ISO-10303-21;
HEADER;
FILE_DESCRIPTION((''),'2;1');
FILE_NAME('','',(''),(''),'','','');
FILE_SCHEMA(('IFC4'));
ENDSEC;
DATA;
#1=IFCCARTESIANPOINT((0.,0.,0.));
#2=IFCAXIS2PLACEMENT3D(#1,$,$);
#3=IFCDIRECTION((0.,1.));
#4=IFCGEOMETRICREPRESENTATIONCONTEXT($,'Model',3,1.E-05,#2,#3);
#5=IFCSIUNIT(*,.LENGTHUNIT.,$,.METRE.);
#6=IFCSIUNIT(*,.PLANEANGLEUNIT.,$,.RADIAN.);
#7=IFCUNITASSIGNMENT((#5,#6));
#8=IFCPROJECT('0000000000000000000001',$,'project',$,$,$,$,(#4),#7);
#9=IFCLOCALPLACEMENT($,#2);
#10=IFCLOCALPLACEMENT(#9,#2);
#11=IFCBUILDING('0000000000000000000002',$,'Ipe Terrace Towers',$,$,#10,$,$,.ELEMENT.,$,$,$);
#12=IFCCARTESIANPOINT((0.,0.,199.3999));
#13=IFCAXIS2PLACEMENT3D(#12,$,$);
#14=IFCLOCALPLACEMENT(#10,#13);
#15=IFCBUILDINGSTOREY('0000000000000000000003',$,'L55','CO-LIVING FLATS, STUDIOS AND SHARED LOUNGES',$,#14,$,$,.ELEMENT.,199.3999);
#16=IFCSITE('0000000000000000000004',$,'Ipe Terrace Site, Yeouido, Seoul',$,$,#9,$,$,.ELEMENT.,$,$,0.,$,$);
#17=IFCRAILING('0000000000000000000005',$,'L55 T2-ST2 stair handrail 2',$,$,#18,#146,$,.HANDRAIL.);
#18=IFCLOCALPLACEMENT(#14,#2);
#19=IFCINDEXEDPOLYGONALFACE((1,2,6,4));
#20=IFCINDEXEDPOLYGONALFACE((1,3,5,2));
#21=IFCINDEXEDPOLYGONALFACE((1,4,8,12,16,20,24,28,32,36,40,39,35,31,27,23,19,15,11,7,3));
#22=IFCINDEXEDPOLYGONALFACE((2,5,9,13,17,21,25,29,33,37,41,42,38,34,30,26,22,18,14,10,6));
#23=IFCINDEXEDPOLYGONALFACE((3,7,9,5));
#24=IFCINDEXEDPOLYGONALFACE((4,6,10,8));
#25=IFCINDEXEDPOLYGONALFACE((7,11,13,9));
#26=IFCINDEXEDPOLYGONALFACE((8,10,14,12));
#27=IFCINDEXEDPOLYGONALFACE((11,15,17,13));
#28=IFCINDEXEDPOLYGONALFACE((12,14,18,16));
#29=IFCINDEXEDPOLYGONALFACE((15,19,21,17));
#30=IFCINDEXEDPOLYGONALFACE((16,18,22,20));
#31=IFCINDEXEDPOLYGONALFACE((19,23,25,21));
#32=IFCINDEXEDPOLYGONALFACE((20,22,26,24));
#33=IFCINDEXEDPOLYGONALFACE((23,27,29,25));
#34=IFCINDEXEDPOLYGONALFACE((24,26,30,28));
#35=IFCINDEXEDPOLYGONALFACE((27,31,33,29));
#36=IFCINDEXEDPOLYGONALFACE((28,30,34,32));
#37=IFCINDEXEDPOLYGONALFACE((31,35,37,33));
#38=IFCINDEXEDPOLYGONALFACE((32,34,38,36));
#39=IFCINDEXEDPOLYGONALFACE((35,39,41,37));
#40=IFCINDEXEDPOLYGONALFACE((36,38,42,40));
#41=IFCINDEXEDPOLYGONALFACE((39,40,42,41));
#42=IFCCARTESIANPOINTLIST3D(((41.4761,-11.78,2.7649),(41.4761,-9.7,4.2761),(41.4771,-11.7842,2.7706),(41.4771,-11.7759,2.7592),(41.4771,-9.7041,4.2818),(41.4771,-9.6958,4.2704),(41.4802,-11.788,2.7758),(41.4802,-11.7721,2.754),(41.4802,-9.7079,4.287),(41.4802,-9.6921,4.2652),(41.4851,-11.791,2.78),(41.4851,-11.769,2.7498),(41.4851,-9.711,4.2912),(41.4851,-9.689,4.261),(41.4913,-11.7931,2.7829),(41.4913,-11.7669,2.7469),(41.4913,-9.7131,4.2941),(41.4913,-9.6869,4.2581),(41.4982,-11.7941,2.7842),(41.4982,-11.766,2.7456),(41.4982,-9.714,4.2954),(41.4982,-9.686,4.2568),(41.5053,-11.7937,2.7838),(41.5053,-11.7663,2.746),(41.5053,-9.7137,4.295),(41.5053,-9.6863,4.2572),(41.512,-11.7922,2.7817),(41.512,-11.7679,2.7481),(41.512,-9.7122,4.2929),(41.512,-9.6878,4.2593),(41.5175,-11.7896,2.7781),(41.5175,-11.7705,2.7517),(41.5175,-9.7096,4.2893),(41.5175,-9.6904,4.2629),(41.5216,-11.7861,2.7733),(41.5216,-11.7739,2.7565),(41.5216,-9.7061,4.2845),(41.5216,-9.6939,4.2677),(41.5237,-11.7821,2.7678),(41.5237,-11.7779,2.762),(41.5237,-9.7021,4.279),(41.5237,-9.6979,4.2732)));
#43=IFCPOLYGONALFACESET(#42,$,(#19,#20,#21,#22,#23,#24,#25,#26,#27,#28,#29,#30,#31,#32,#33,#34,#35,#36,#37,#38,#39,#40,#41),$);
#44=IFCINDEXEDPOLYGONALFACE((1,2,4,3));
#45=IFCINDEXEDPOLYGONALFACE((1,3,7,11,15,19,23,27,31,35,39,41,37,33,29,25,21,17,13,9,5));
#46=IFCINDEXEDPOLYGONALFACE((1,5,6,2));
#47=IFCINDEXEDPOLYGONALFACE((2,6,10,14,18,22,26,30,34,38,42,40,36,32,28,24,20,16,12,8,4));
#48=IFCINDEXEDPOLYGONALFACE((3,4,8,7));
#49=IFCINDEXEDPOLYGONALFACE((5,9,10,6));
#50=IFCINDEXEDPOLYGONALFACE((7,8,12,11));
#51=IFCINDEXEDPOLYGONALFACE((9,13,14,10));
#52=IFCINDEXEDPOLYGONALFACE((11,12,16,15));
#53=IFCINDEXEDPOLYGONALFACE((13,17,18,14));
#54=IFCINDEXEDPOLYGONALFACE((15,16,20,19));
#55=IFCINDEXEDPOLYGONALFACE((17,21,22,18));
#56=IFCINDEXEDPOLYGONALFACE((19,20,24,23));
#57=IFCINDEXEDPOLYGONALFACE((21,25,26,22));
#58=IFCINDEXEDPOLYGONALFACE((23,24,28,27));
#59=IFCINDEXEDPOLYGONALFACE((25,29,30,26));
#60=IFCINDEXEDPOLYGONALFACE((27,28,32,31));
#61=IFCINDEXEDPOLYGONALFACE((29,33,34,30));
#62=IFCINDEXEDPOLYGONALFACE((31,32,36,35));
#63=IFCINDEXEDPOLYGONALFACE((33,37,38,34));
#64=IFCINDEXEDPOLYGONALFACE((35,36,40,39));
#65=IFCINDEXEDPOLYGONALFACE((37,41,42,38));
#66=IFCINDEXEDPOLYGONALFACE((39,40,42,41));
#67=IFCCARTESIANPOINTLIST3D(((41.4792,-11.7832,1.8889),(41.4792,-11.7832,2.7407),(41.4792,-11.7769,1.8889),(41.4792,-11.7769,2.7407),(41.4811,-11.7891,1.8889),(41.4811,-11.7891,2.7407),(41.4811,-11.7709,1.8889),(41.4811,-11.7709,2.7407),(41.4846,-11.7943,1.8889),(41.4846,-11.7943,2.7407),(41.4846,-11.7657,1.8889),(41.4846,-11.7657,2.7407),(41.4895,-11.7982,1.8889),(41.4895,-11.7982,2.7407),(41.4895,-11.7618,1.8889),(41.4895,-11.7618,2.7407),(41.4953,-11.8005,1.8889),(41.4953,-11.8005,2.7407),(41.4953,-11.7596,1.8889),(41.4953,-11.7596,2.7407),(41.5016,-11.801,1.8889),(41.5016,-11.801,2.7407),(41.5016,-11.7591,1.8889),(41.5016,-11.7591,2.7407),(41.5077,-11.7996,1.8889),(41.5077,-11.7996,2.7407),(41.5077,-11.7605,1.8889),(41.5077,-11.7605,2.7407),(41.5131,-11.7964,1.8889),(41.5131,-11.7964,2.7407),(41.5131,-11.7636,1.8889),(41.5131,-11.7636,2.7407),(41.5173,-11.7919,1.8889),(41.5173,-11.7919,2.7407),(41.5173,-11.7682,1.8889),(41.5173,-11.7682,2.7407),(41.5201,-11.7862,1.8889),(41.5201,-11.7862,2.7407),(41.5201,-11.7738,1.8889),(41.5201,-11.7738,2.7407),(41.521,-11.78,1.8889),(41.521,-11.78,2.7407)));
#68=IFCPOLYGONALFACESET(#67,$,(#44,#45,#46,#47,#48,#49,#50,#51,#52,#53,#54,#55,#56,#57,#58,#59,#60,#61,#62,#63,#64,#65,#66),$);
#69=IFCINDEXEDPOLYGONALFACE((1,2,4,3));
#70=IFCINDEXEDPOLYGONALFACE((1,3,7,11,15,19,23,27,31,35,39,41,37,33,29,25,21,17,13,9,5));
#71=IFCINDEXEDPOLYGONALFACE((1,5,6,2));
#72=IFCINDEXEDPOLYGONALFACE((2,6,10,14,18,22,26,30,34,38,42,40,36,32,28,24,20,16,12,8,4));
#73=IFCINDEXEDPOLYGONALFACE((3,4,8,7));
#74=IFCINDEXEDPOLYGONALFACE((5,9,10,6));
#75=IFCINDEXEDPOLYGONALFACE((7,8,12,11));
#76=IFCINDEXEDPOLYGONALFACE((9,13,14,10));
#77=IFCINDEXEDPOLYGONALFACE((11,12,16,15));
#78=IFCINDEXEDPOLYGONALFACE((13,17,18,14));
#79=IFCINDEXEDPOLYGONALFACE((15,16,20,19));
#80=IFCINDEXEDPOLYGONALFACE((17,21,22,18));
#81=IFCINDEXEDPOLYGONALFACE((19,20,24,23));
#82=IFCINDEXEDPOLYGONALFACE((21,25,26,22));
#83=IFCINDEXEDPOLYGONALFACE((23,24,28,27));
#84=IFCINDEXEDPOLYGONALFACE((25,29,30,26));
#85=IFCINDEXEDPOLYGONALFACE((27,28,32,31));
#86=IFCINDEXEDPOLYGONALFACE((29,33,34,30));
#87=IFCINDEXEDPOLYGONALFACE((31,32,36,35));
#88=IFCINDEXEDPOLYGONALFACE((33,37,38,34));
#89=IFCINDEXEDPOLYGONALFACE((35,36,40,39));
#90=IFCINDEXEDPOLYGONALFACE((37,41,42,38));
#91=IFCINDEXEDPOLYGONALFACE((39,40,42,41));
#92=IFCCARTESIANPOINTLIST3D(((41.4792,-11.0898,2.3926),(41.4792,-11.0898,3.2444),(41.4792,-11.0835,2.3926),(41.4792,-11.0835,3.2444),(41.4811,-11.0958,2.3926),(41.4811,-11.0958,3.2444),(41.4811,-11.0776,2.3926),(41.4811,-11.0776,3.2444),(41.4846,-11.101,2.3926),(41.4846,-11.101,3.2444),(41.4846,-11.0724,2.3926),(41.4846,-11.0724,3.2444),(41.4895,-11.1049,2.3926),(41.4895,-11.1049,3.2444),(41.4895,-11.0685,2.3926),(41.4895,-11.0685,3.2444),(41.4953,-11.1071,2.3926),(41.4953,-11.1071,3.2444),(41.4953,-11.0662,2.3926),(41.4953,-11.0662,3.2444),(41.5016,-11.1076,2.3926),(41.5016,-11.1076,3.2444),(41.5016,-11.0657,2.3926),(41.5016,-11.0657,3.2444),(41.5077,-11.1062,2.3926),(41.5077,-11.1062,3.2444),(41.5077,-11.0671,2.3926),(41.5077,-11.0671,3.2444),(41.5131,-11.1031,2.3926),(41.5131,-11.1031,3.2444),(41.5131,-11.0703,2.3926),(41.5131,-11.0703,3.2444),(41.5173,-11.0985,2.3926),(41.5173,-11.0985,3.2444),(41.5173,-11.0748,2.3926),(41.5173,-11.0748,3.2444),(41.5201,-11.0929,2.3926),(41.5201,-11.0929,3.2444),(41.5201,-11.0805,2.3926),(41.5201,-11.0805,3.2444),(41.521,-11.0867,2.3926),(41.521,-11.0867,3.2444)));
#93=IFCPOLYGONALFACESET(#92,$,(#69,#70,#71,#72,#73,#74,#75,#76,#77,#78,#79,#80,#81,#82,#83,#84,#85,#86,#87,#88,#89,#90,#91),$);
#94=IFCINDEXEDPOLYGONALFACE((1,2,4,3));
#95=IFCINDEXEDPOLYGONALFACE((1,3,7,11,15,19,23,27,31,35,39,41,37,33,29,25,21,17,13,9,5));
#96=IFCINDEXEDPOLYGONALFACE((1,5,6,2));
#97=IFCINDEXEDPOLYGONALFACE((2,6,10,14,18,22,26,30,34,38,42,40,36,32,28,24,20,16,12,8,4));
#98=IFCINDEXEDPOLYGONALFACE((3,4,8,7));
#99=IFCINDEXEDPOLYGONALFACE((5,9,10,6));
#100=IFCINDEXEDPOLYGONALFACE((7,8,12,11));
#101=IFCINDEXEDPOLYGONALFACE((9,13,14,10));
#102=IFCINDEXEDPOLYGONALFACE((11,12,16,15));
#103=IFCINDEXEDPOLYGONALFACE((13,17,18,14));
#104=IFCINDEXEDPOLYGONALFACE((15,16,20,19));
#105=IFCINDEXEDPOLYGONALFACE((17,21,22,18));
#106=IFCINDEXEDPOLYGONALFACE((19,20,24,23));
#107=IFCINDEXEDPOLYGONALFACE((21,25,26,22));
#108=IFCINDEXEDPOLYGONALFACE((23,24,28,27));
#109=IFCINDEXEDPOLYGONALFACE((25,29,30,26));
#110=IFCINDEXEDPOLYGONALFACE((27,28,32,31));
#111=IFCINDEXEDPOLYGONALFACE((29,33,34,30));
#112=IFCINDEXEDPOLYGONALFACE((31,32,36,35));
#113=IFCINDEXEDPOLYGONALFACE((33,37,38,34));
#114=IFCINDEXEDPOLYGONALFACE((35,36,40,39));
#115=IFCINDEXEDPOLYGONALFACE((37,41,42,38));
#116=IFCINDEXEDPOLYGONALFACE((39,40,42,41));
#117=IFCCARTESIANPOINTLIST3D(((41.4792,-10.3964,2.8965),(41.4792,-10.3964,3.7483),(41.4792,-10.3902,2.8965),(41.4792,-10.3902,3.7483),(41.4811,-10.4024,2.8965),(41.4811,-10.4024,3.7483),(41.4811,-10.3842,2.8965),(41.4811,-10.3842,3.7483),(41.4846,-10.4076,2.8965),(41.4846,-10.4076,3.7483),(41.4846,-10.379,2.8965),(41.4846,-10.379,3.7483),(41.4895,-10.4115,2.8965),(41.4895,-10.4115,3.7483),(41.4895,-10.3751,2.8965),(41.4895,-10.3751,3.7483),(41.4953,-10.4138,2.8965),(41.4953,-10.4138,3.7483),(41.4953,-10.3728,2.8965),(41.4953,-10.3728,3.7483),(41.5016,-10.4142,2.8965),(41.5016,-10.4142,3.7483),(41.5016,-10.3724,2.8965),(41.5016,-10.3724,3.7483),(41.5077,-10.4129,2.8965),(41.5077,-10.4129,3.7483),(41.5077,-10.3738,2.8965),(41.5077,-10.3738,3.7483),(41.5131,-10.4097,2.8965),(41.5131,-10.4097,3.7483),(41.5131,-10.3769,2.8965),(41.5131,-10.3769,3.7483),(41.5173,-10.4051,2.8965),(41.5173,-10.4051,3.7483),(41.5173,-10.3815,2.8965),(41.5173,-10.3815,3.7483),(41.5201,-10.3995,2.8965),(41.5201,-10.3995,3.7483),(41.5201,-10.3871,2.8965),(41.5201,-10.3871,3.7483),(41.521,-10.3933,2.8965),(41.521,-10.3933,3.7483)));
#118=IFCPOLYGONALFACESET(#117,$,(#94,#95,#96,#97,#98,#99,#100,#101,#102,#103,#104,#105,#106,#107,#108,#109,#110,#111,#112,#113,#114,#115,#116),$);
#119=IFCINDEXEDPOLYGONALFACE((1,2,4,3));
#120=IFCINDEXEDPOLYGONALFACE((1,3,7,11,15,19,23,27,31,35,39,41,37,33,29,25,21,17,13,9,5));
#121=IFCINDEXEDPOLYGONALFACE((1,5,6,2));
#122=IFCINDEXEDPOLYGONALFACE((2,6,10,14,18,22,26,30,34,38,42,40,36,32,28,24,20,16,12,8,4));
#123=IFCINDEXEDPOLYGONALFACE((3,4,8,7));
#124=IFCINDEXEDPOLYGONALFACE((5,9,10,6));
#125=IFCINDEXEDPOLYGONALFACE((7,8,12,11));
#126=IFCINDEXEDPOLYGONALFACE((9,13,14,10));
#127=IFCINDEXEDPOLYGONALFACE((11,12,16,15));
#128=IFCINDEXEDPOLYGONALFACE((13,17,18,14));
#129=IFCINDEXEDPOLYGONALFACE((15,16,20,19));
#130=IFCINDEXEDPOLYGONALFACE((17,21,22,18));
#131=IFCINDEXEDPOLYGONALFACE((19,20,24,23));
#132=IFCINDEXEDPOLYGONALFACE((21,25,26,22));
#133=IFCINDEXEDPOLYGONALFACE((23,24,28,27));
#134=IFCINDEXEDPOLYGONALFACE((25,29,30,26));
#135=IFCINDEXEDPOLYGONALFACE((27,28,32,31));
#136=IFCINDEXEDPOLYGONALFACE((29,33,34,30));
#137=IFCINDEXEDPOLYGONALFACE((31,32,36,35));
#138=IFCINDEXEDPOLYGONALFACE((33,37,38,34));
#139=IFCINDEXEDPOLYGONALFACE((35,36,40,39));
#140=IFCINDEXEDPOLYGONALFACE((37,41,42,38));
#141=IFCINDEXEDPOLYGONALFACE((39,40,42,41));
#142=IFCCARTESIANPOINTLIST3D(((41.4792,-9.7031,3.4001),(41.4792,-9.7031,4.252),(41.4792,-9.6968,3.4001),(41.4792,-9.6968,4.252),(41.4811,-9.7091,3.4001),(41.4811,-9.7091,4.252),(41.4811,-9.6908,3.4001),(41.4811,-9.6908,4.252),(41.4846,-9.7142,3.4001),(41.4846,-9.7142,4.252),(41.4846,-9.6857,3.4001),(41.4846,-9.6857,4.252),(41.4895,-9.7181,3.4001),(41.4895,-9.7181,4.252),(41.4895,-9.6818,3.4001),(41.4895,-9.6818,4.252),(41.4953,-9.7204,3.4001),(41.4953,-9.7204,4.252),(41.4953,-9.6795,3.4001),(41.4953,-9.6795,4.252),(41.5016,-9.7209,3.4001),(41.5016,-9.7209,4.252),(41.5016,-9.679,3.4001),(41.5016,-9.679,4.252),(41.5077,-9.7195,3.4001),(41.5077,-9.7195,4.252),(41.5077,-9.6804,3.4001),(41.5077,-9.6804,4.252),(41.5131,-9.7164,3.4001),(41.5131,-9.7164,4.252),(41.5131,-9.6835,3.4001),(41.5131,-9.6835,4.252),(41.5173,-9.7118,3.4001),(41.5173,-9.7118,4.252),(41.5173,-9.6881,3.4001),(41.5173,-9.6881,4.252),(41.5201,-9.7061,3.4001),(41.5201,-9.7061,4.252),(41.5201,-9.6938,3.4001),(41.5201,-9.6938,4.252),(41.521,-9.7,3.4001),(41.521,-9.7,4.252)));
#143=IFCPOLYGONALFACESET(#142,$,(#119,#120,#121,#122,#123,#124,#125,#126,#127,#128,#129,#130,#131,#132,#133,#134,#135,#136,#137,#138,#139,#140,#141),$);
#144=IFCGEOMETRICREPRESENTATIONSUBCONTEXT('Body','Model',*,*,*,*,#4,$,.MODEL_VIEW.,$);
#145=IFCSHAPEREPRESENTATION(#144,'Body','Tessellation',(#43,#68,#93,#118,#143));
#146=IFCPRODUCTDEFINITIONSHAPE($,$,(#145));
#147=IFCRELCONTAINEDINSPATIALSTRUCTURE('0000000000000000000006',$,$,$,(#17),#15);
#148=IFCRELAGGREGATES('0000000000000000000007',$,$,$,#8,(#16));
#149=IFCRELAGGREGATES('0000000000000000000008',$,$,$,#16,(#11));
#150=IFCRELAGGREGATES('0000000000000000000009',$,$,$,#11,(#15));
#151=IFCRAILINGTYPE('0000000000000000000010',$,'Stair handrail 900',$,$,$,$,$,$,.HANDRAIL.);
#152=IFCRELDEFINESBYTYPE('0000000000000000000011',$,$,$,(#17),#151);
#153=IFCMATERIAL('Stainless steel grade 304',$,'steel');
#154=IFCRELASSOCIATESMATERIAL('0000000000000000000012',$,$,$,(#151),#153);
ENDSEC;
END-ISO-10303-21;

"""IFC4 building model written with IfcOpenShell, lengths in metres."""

from ifc_helpers import new_model, si_unit, direction, frame, origin, origin_2d, place, context, subcontext, project, spatial, circle, extrude, material, type_object, element, save


model = new_model("IFC4")

# Units and contexts
model_context = context("Model", 3, precision=1e-05, world=origin(), true_north=direction((0.0, 1.0)))
body_context = subcontext(model_context, "Body", "Model", "MODEL_VIEW")
ifc_project = project(units=[si_unit("LENGTHUNIT", "METRE"), si_unit("PLANEANGLEUNIT", "RADIAN")], contexts=[model_context])

# Site, building, storey
site_placement = place(None, origin())
site = spatial("IfcSite", under=ifc_project, at=site_placement, Name="Ipe Terrace Site, Yeouido, Seoul", CompositionType="ELEMENT", RefElevation=0.0)
building_placement = place(site_placement, origin())
building = spatial("IfcBuilding", under=site, at=building_placement, Name="Ipe Terrace Towers", CompositionType="ELEMENT")
storey_placement = place(building_placement, frame((0.0, 0.0, 199.3999)))
storey = spatial("IfcBuildingStorey", under=building, at=storey_placement, Name="L55", Description="CO-LIVING FLATS, STUDIOS AND SHARED LOUNGES", CompositionType="ELEMENT", Elevation=199.3999)

# Railing
ifc_material_1 = material(Name="Stainless steel grade 304", Category="steel")
railing_type_1 = type_object("IfcRailingType", Name="Stair handrail 900", PredefinedType="HANDRAIL", material=ifc_material_1)
railing_1_placement = place(storey_placement, frame((41.5, -11.78, 1.8889)))
element("IfcRailing", 1, at=railing_1_placement, inside=storey, type_object=railing_type_1, Name="L55 T2-ST2 stair handrail 2", PredefinedType="HANDRAIL", context=body_context, shape_type="SweptSolid", body=[
    extrude(circle(Radius=0.0239, at=origin_2d()), frame((0.0, 0.0, 0.876), z_axis=(0.0, 0.809023, 0.587776), x_axis=(-1.0, 0.0, 0.0)), (0.0, 0.0, 1.0), 2.571),
    extrude(circle(Radius=0.021, at=origin_2d()), origin(), (0.0, 0.0, 1.0), 0.8518),
    extrude(circle(Radius=0.021, at=origin_2d()), frame((0.0, 0.6934, 0.5037)), (0.0, 0.0, 1.0), 0.8518),
    extrude(circle(Radius=0.021, at=origin_2d()), frame((0.0, 1.3867, 1.0076)), (0.0, 0.0, 1.0), 0.8518),
    extrude(circle(Radius=0.021, at=origin_2d()), frame((0.0, 2.0801, 1.5112)), (0.0, 0.0, 1.0), 0.8518),
])

save(model, "model.ifc")
